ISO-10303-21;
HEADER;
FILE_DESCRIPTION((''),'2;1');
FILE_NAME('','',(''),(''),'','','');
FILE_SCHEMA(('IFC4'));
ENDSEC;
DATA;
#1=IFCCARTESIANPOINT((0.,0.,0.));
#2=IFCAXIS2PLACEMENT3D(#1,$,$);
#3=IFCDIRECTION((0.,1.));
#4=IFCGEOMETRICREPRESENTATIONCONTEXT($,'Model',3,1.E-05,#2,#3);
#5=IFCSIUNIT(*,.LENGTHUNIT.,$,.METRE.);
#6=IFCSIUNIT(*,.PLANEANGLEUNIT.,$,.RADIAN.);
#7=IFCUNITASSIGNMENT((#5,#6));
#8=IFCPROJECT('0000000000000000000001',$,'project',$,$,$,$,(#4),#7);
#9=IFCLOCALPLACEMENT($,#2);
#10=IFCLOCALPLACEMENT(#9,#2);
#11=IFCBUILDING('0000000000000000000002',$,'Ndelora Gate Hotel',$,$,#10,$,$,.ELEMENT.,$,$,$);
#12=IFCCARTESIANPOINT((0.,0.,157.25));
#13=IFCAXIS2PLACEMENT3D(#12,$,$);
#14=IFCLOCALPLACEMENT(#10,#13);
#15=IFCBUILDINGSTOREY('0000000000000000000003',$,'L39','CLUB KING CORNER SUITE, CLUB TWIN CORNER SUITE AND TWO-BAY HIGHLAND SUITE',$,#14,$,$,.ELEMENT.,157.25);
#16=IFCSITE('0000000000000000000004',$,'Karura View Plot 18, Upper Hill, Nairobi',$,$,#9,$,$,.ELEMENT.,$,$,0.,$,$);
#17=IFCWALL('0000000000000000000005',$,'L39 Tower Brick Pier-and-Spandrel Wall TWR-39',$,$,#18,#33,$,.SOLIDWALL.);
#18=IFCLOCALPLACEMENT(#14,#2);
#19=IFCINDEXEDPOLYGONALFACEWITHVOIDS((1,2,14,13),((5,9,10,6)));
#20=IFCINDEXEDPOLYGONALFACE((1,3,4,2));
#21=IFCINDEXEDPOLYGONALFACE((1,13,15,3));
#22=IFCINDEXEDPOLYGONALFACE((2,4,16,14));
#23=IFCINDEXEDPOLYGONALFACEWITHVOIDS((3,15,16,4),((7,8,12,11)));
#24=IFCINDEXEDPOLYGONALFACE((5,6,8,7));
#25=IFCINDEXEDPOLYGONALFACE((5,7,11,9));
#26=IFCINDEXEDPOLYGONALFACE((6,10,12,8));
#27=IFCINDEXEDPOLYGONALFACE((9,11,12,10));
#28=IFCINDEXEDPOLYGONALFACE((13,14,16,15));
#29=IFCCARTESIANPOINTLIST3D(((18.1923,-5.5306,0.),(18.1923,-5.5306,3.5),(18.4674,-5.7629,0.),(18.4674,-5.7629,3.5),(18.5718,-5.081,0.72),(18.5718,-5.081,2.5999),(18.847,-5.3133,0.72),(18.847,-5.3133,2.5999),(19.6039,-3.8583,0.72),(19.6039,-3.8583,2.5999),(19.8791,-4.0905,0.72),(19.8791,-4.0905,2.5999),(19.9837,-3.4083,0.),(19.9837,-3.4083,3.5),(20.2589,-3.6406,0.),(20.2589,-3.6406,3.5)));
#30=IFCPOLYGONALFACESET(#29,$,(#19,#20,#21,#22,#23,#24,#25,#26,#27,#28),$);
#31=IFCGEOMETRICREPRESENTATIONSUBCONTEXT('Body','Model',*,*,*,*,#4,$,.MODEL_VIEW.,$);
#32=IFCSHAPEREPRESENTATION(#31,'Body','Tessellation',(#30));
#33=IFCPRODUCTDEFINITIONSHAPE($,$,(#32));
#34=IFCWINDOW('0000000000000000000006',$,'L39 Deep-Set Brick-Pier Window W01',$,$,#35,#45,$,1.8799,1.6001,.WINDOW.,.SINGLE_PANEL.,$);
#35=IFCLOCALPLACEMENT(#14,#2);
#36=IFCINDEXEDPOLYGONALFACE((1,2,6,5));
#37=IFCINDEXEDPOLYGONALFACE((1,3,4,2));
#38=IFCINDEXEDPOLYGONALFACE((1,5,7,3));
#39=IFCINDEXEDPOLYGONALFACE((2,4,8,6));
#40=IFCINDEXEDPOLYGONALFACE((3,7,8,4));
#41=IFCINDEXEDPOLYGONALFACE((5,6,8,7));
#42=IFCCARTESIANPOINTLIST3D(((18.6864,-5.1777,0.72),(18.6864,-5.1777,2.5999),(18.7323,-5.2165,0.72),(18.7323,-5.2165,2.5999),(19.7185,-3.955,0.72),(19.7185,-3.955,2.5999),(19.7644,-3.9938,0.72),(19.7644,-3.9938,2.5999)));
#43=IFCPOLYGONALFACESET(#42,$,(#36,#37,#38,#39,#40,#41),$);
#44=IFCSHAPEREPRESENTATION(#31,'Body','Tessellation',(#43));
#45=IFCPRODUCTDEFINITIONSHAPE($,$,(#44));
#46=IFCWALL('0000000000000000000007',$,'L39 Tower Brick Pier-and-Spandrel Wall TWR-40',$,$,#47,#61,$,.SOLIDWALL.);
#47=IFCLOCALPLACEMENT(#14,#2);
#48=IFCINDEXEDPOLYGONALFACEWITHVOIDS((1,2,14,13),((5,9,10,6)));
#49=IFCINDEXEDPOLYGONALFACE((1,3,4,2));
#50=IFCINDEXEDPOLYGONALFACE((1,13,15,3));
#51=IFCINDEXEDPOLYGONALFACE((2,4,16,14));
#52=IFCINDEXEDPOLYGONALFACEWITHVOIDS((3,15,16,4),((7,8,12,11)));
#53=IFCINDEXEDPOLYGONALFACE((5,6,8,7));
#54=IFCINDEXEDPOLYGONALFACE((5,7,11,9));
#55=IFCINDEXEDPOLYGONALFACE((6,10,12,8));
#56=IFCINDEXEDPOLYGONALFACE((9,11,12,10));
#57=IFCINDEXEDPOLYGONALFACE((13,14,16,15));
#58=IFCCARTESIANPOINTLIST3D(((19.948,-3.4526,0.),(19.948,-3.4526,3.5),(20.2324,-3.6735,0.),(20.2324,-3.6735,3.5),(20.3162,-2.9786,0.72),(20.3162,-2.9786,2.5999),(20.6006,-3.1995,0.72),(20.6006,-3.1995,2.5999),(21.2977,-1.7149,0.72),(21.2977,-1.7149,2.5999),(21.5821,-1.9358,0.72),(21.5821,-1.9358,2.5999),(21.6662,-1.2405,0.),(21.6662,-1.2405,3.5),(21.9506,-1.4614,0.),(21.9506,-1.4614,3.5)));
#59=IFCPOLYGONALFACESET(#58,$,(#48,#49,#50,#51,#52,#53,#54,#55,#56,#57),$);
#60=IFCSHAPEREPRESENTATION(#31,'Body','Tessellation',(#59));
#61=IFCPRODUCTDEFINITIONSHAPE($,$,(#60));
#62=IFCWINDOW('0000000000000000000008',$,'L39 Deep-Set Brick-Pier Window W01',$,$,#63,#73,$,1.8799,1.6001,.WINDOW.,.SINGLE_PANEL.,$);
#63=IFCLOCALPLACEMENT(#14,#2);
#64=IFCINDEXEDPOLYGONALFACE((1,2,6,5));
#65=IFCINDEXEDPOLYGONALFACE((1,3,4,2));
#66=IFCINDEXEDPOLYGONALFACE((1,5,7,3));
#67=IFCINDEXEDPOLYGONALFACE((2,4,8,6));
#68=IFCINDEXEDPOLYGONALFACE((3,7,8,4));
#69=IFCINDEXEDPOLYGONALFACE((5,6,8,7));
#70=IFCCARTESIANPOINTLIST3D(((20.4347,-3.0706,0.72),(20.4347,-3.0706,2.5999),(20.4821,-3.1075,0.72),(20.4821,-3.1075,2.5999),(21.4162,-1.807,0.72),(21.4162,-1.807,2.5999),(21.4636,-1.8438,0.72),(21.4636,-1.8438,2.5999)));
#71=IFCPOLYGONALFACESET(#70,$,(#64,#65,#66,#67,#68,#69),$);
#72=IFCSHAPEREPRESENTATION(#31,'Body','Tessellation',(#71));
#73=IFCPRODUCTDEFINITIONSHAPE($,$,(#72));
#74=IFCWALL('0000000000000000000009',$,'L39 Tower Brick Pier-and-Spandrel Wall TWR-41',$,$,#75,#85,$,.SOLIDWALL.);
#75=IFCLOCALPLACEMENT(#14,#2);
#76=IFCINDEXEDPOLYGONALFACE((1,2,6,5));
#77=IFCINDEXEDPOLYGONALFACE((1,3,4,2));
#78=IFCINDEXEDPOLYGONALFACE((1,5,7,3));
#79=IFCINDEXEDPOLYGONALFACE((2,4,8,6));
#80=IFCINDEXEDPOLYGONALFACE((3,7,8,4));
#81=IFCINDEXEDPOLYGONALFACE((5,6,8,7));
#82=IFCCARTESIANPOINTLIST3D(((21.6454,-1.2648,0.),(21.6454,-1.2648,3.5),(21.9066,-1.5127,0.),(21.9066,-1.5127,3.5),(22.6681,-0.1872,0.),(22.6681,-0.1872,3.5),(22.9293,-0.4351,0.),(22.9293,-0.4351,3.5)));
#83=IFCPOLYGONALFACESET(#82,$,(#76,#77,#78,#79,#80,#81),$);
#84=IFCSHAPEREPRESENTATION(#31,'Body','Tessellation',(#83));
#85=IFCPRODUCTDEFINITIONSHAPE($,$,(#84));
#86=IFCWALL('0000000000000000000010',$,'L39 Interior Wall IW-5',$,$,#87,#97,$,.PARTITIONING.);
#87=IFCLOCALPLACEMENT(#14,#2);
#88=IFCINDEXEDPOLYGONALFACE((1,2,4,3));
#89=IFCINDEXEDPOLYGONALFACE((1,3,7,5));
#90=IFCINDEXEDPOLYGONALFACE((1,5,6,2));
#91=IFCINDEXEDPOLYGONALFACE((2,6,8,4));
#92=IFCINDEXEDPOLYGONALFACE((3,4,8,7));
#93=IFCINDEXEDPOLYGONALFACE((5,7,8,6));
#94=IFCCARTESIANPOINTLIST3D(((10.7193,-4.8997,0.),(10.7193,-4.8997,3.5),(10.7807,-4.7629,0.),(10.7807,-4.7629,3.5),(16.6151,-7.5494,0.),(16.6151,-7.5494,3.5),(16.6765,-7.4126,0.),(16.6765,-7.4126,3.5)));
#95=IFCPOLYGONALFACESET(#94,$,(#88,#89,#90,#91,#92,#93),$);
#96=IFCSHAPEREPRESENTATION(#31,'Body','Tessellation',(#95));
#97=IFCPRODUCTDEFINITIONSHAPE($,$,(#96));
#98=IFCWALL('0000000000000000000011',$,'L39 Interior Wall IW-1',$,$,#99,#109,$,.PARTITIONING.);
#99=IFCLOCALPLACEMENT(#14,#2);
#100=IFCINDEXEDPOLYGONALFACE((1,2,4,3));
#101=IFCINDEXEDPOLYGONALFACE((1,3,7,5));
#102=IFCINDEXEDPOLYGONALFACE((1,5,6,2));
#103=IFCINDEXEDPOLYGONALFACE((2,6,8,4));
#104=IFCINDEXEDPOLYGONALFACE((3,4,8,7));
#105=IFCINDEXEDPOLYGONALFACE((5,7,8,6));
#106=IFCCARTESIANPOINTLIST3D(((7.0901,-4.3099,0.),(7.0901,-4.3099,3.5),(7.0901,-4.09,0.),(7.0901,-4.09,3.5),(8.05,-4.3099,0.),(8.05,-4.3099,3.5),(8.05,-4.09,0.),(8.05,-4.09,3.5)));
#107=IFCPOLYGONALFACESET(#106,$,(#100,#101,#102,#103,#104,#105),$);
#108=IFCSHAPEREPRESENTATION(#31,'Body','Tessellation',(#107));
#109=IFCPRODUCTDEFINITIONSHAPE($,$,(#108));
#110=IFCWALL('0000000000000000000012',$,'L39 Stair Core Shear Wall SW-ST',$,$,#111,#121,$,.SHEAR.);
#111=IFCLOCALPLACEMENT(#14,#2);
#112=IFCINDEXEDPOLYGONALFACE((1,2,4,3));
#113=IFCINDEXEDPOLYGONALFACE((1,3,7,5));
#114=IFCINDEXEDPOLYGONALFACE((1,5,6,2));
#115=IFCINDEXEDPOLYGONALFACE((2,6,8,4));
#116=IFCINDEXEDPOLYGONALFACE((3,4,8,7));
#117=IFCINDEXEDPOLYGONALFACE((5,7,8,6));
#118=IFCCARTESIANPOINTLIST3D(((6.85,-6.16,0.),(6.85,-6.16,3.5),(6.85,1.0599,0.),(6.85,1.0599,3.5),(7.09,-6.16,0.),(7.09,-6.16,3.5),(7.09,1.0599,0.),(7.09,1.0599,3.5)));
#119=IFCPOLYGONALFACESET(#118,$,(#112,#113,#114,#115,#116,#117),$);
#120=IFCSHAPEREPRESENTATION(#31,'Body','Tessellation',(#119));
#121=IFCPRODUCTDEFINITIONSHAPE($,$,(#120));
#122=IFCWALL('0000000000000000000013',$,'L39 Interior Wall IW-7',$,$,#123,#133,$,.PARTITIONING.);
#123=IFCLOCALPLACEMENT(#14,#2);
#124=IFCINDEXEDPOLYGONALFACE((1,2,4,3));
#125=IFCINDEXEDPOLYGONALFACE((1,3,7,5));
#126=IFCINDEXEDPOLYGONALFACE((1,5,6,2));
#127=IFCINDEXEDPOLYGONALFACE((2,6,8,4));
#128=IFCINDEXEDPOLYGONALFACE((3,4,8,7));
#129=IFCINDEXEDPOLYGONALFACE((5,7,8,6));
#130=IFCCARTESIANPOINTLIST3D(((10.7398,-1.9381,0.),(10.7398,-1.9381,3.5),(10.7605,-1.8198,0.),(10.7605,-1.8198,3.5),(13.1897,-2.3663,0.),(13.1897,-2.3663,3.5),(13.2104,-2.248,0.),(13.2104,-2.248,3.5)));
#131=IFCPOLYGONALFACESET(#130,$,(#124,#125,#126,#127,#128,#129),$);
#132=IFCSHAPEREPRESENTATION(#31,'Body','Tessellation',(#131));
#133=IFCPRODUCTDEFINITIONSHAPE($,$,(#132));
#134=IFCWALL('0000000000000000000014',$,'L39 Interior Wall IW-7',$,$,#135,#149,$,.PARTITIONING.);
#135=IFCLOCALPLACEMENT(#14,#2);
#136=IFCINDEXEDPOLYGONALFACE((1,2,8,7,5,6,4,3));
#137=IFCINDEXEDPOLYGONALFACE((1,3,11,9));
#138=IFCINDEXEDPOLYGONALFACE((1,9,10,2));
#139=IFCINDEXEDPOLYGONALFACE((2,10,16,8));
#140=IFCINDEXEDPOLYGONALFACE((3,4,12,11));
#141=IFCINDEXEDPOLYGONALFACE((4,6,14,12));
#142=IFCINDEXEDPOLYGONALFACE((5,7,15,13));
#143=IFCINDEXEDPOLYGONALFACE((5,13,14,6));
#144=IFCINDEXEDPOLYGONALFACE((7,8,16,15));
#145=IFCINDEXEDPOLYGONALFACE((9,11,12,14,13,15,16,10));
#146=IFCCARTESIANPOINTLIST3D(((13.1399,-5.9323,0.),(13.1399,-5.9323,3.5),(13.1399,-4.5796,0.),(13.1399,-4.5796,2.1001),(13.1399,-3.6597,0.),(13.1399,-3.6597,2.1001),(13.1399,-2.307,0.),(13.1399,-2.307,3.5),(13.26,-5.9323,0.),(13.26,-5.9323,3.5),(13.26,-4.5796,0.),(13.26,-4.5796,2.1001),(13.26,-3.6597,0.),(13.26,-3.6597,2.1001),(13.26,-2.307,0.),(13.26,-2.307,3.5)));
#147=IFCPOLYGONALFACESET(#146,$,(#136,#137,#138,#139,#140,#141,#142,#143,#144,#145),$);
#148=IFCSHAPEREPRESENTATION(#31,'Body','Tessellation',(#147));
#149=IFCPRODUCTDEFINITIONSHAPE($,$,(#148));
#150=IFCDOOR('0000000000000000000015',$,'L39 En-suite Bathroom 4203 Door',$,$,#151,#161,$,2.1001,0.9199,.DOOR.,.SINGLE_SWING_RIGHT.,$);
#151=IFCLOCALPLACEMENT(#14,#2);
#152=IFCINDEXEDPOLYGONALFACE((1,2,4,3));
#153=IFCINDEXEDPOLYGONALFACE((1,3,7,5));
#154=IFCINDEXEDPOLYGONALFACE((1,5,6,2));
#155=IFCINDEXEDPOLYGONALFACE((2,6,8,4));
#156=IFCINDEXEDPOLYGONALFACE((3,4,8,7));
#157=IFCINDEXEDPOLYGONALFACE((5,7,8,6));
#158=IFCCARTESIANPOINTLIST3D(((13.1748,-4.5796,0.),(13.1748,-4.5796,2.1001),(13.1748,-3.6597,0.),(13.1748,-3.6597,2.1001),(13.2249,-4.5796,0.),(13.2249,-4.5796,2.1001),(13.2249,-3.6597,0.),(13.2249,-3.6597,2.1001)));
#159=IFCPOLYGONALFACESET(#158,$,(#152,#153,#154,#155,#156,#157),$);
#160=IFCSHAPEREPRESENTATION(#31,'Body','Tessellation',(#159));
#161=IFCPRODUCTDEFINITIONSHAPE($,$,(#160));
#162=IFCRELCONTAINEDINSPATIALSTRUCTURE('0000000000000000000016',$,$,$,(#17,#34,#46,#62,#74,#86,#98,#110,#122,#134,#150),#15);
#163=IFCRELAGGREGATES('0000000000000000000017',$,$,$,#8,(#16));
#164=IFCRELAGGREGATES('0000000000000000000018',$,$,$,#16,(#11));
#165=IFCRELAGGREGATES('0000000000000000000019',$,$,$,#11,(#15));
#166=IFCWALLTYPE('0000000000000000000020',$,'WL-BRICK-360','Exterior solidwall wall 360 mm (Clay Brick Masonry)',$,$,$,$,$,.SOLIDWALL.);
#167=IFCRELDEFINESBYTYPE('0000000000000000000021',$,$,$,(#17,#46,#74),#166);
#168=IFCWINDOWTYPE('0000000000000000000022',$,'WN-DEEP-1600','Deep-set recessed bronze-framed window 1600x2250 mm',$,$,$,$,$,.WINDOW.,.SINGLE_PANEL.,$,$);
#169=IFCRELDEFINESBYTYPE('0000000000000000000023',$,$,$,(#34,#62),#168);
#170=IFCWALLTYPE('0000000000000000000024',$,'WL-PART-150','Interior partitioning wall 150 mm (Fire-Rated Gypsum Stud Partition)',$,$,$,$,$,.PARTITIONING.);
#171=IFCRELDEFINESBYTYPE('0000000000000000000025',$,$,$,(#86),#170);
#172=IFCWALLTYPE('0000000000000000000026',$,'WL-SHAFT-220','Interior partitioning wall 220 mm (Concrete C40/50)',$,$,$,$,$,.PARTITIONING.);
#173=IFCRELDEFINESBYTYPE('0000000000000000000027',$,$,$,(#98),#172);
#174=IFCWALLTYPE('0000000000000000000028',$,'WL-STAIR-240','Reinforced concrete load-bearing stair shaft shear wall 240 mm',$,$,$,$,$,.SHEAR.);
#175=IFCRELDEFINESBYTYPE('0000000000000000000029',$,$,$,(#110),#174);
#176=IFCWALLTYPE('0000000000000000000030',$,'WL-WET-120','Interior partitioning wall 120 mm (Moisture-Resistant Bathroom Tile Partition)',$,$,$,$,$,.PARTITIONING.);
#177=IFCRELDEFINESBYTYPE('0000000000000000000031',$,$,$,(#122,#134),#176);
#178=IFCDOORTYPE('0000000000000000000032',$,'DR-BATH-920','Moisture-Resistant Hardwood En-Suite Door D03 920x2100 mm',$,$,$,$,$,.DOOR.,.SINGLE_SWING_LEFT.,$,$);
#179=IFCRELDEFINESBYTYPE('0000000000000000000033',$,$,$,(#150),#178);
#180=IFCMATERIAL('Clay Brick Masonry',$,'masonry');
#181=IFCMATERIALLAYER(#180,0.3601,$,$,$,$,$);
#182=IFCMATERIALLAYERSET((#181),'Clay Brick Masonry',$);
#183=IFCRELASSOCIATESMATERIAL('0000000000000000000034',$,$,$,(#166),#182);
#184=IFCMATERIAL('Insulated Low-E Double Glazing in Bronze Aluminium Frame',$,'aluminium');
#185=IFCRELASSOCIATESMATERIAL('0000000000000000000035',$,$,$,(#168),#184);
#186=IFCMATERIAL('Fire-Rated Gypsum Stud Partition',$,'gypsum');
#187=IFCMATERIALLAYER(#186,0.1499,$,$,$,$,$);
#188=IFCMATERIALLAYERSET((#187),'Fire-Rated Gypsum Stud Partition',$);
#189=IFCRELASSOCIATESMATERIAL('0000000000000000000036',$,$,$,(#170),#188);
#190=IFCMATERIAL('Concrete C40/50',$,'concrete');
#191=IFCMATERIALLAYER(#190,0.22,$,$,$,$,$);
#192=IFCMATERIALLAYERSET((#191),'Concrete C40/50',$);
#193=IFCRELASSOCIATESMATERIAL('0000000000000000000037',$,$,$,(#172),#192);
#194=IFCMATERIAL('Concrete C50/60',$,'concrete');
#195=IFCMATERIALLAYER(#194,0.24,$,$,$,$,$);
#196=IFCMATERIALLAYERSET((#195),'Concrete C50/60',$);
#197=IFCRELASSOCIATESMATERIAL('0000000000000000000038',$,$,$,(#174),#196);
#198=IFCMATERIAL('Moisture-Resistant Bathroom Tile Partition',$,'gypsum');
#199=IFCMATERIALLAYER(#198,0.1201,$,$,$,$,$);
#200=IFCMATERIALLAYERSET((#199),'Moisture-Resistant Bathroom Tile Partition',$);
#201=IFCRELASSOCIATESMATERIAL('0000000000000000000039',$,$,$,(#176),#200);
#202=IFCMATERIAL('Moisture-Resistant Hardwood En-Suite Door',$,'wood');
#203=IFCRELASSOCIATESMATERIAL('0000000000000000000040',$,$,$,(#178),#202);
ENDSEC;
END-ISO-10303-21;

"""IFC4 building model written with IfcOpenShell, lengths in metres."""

from ifc_helpers import new_model, si_unit, direction, frame, frame_2d, origin, place, context, subcontext, project, spatial, rectangle, extrude, material, layer, layer_set, type_object, element, fill, save


model = new_model("IFC4")

# Units and contexts
model_context = context("Model", 3, precision=1e-05, world=origin(), true_north=direction((0.0, 1.0)))
body_context = subcontext(model_context, "Body", "Model", "MODEL_VIEW")
ifc_project = project(units=[si_unit("LENGTHUNIT", "METRE"), si_unit("PLANEANGLEUNIT", "RADIAN")], contexts=[model_context])

# Site, building, storey
site_placement = place(None, origin())
site = spatial("IfcSite", under=ifc_project, at=site_placement, Name="Karura View Plot 18, Upper Hill, Nairobi", CompositionType="ELEMENT", RefElevation=0.0)
building_placement = place(site_placement, origin())
building = spatial("IfcBuilding", under=site, at=building_placement, Name="Ndelora Gate Hotel", CompositionType="ELEMENT")
storey_placement = place(building_placement, frame((0.0, 0.0, 157.25)))
storey = spatial("IfcBuildingStorey", under=building, at=storey_placement, Name="L39", Description="CLUB KING CORNER SUITE, CLUB TWIN CORNER SUITE AND TWO-BAY HIGHLAND SUITE", CompositionType="ELEMENT", Elevation=157.25)

# Walls, openings, windows
ifc_material_1 = material(Name="Clay Brick Masonry", Category="masonry")
ifc_layer_1 = layer(ifc_material_1, 0.3601)
ifc_layer_set_1 = layer_set([ifc_layer_1], Name="Clay Brick Masonry")
wall_type_1 = type_object("IfcWallType", Name="WL-BRICK-360", Description="Exterior solidwall wall 360 mm (Clay Brick Masonry)", PredefinedType="SOLIDWALL", material=ifc_layer_set_1)
ifc_material_2 = material(Name="Insulated Low-E Double Glazing in Bronze Aluminium Frame", Category="aluminium")
window_type = type_object("IfcWindowType", Name="WN-DEEP-1600", Description="Deep-set recessed bronze-framed window 1600x2250 mm", PartitioningType="SINGLE_PANEL", PredefinedType="WINDOW", material=ifc_material_2)
wall_1_placement = place(storey_placement, frame((20.1213, -3.5244, 0.0), z_axis=(0.0, 0.0, 1.0), x_axis=(-0.645039, -0.764149, 0.0)))
wall_1 = element("IfcWall", 1, at=wall_1_placement, inside=storey, type_object=wall_type_1, Name="L39 Tower Brick Pier-and-Spandrel Wall TWR-39", PredefinedType="SOLIDWALL", context=body_context, shape_type="SweptSolid", body=[
    extrude(rectangle(XDim=2.7773, YDim=0.3601, at=frame_2d((1.3887, 0.0))), origin(), (0.0, 0.0, 1.0), 3.5),
])
opening_1_placement = place(wall_1_placement, frame((0.5889, 0.0, 0.72)))
opening_1 = element("IfcOpeningElement", 2, at=opening_1_placement, cuts=wall_1, PredefinedType="OPENING", context=body_context, shape_type="SweptSolid", body=[
    extrude(rectangle(XDim=1.6001, YDim=1.8799, at=frame_2d((0.8, 0.9399))), frame((0.0, 0.1899, 0.0), z_axis=(0.0, -1.0, 0.0), x_axis=(1.0, 0.0, 0.0)), (0.0, 0.0, 1.0), 0.3801),
])
window_1_placement = place(opening_1_placement, origin())
window_1 = element("IfcWindow", 3, at=window_1_placement, inside=storey, type_object=window_type, Name="L39 Deep-Set Brick-Pier Window W01", OverallHeight=1.8799, OverallWidth=1.6001, PartitioningType="SINGLE_PANEL", PredefinedType="WINDOW", context=body_context, shape_type="SweptSolid", body=[
    extrude(rectangle(XDim=1.6001, YDim=1.8799, at=frame_2d((0.8, 0.9399))), frame((0.0, 0.03, 0.0), z_axis=(0.0, -1.0, 0.0), x_axis=(1.0, 0.0, 0.0)), (0.0, 0.0, 1.0), 0.0601),
])
fill(opening_1, window_1)
wall_2_placement = place(storey_placement, frame((21.8083, -1.3511, 0.0), z_axis=(0.0, 0.0, 1.0), x_axis=(-0.613428, -0.789751, 0.0)))
wall_2 = element("IfcWall", 4, at=wall_2_placement, inside=storey, type_object=wall_type_1, Name="L39 Tower Brick Pier-and-Spandrel Wall TWR-40", PredefinedType="SOLIDWALL", context=body_context, shape_type="SweptSolid", body=[
    extrude(rectangle(XDim=2.801, YDim=0.3601, at=frame_2d((1.4004, 0.0))), origin(), (0.0, 0.0, 1.0), 3.5),
])
opening_2_placement = place(wall_2_placement, frame((0.6006, 0.0, 0.72)))
opening_2 = element("IfcOpeningElement", 5, at=opening_2_placement, cuts=wall_2, PredefinedType="OPENING", context=body_context, shape_type="SweptSolid", body=[
    extrude(rectangle(XDim=1.6001, YDim=1.8799, at=frame_2d((0.8, 0.9399))), frame((0.0, 0.1899, 0.0), z_axis=(0.0, -1.0, 0.0), x_axis=(1.0, 0.0, 0.0)), (0.0, 0.0, 1.0), 0.3801),
])
window_2_placement = place(opening_2_placement, origin())
window_2 = element("IfcWindow", 6, at=window_2_placement, inside=storey, type_object=window_type, Name="L39 Deep-Set Brick-Pier Window W01", OverallHeight=1.8799, OverallWidth=1.6001, PartitioningType="SINGLE_PANEL", PredefinedType="WINDOW", context=body_context, shape_type="SweptSolid", body=[
    extrude(rectangle(XDim=1.6001, YDim=1.8799, at=frame_2d((0.8, 0.9399))), frame((0.0, 0.03, 0.0), z_axis=(0.0, -1.0, 0.0), x_axis=(1.0, 0.0, 0.0)), (0.0, 0.0, 1.0), 0.0601),
])
fill(opening_2, window_2)

# Wall
wall_3_placement = place(storey_placement, frame((22.7986, -0.3113, 0.0), z_axis=(0.0, 0.0, 1.0), x_axis=(-0.688378, -0.725352, 0.0)))
element("IfcWall", 7, at=wall_3_placement, inside=storey, type_object=wall_type_1, Name="L39 Tower Brick Pier-and-Spandrel Wall TWR-41", PredefinedType="SOLIDWALL", context=body_context, shape_type="SweptSolid", body=[
    extrude(rectangle(XDim=1.4856, YDim=0.3601, at=frame_2d((0.7427, 0.0))), origin(), (0.0, 0.0, 1.0), 3.5),
])

# Shared definitions
ifc_material_3 = material(Name="Fire-Rated Gypsum Stud Partition", Category="gypsum")
ifc_layer_2 = layer(ifc_material_3, 0.1499)
ifc_layer_set_2 = layer_set([ifc_layer_2], Name="Fire-Rated Gypsum Stud Partition")
wall_type_2 = type_object("IfcWallType", Name="WL-PART-150", Description="Interior partitioning wall 150 mm (Fire-Rated Gypsum Stud Partition)", PredefinedType="PARTITIONING", material=ifc_layer_set_2)

# Walls
wall_4_placement = place(storey_placement, frame((10.75, -4.8313, 0.0), z_axis=(0.0, 0.0, 1.0), x_axis=(0.91212, -0.409923, 0.0)))
element("IfcWall", 8, at=wall_4_placement, inside=storey, type_object=wall_type_2, Name="L39 Interior Wall IW-5", PredefinedType="PARTITIONING", context=body_context, shape_type="SweptSolid", body=[
    extrude(rectangle(XDim=6.4639, YDim=0.1499, at=frame_2d((3.2319, 0.0))), origin(), (0.0, 0.0, 1.0), 3.5),
])
ifc_material_4 = material(Name="Concrete C40/50", Category="concrete")
ifc_layer_3 = layer(ifc_material_4, 0.22)
ifc_layer_set_3 = layer_set([ifc_layer_3], Name="Concrete C40/50")
wall_type_3 = type_object("IfcWallType", Name="WL-SHAFT-220", Description="Interior partitioning wall 220 mm (Concrete C40/50)", PredefinedType="PARTITIONING", material=ifc_layer_set_3)
wall_5_placement = place(storey_placement, frame((7.0901, -4.2, 0.0), z_axis=(0.0, 0.0, 1.0), x_axis=(1.0, 0.0, 0.0)))
element("IfcWall", 9, at=wall_5_placement, inside=storey, type_object=wall_type_3, Name="L39 Interior Wall IW-1", PredefinedType="PARTITIONING", context=body_context, shape_type="SweptSolid", body=[
    extrude(rectangle(XDim=0.96, YDim=0.22, at=frame_2d((0.48, 0.0))), origin(), (0.0, 0.0, 1.0), 3.5),
])
ifc_material_5 = material(Name="Concrete C50/60", Category="concrete")
ifc_layer_4 = layer(ifc_material_5, 0.24)
ifc_layer_set_4 = layer_set([ifc_layer_4], Name="Concrete C50/60")
wall_type_4 = type_object("IfcWallType", Name="WL-STAIR-240", Description="Reinforced concrete load-bearing stair shaft shear wall 240 mm", PredefinedType="SHEAR", material=ifc_layer_set_4)
wall_6_placement = place(storey_placement, frame((6.97, -6.1599, 0.0), z_axis=(0.0, 0.0, 1.0), x_axis=(0.0, 1.0, 0.0)))
element("IfcWall", 10, at=wall_6_placement, inside=storey, type_object=wall_type_4, Name="L39 Stair Core Shear Wall SW-ST", PredefinedType="SHEAR", context=body_context, shape_type="SweptSolid", body=[
    extrude(rectangle(XDim=7.22, YDim=0.24, at=frame_2d((3.6099, 0.0))), origin(), (0.0, 0.0, 1.0), 3.5),
])
ifc_material_6 = material(Name="Moisture-Resistant Bathroom Tile Partition", Category="gypsum")
ifc_layer_5 = layer(ifc_material_6, 0.1201)
ifc_layer_set_5 = layer_set([ifc_layer_5], Name="Moisture-Resistant Bathroom Tile Partition")
wall_type_5 = type_object("IfcWallType", Name="WL-WET-120", Description="Interior partitioning wall 120 mm (Moisture-Resistant Bathroom Tile Partition)", PredefinedType="PARTITIONING", material=ifc_layer_set_5)
wall_7_placement = place(storey_placement, frame((10.75, -1.8789, 0.0), z_axis=(0.0, 0.0, 1.0), x_axis=(0.985066, -0.172178, 0.0)))
element("IfcWall", 11, at=wall_7_placement, inside=storey, type_object=wall_type_5, Name="L39 Interior Wall IW-7", PredefinedType="PARTITIONING", context=body_context, shape_type="SweptSolid", body=[
    extrude(rectangle(XDim=2.4871, YDim=0.1201, at=frame_2d((1.2437, 0.0))), origin(), (0.0, 0.0, 1.0), 3.5),
])

# Wall, opening, door
wall_8_placement = place(storey_placement, frame((13.2, -2.3071, 0.0), z_axis=(0.0, 0.0, 1.0), x_axis=(0.0, -1.0, 0.0)))
wall_8 = element("IfcWall", 12, at=wall_8_placement, inside=storey, type_object=wall_type_5, Name="L39 Interior Wall IW-7", PredefinedType="PARTITIONING", context=body_context, shape_type="SweptSolid", body=[
    extrude(rectangle(XDim=3.6252, YDim=0.1201, at=frame_2d((1.8125, 0.0))), origin(), (0.0, 0.0, 1.0), 3.5),
])
opening_3_placement = place(wall_8_placement, frame((1.3525, 0.0, 0.0)))
opening_3 = element("IfcOpeningElement", 13, at=opening_3_placement, cuts=wall_8, PredefinedType="OPENING", context=body_context, shape_type="SweptSolid", body=[
    extrude(rectangle(XDim=0.9199, YDim=2.1001, at=frame_2d((0.46, 1.05))), frame((0.0, 0.0701, 0.0), z_axis=(0.0, -1.0, 0.0), x_axis=(1.0, 0.0, 0.0)), (0.0, 0.0, 1.0), 0.1401),
])
ifc_material_7 = material(Name="Moisture-Resistant Hardwood En-Suite Door", Category="wood")
door_type_1 = type_object("IfcDoorType", Name="DR-BATH-920", Description="Moisture-Resistant Hardwood En-Suite Door D03 920x2100 mm", OperationType="SINGLE_SWING_LEFT", PredefinedType="DOOR", material=ifc_material_7)
door_1_placement = place(opening_3_placement, origin())
door_1 = element("IfcDoor", 14, at=door_1_placement, inside=storey, type_object=door_type_1, Name="L39 En-suite Bathroom 4203 Door", OperationType="SINGLE_SWING_RIGHT", OverallHeight=2.1001, OverallWidth=0.9199, PredefinedType="DOOR", context=body_context, shape_type="SweptSolid", body=[
    extrude(rectangle(XDim=0.9199, YDim=2.1001, at=frame_2d((0.46, 1.05))), frame((0.0, 0.0249, 0.0), z_axis=(0.0, -1.0, 0.0), x_axis=(1.0, 0.0, 0.0)), (0.0, 0.0, 1.0), 0.05),
])
fill(opening_3, door_1)

save(model, "model.ifc")
